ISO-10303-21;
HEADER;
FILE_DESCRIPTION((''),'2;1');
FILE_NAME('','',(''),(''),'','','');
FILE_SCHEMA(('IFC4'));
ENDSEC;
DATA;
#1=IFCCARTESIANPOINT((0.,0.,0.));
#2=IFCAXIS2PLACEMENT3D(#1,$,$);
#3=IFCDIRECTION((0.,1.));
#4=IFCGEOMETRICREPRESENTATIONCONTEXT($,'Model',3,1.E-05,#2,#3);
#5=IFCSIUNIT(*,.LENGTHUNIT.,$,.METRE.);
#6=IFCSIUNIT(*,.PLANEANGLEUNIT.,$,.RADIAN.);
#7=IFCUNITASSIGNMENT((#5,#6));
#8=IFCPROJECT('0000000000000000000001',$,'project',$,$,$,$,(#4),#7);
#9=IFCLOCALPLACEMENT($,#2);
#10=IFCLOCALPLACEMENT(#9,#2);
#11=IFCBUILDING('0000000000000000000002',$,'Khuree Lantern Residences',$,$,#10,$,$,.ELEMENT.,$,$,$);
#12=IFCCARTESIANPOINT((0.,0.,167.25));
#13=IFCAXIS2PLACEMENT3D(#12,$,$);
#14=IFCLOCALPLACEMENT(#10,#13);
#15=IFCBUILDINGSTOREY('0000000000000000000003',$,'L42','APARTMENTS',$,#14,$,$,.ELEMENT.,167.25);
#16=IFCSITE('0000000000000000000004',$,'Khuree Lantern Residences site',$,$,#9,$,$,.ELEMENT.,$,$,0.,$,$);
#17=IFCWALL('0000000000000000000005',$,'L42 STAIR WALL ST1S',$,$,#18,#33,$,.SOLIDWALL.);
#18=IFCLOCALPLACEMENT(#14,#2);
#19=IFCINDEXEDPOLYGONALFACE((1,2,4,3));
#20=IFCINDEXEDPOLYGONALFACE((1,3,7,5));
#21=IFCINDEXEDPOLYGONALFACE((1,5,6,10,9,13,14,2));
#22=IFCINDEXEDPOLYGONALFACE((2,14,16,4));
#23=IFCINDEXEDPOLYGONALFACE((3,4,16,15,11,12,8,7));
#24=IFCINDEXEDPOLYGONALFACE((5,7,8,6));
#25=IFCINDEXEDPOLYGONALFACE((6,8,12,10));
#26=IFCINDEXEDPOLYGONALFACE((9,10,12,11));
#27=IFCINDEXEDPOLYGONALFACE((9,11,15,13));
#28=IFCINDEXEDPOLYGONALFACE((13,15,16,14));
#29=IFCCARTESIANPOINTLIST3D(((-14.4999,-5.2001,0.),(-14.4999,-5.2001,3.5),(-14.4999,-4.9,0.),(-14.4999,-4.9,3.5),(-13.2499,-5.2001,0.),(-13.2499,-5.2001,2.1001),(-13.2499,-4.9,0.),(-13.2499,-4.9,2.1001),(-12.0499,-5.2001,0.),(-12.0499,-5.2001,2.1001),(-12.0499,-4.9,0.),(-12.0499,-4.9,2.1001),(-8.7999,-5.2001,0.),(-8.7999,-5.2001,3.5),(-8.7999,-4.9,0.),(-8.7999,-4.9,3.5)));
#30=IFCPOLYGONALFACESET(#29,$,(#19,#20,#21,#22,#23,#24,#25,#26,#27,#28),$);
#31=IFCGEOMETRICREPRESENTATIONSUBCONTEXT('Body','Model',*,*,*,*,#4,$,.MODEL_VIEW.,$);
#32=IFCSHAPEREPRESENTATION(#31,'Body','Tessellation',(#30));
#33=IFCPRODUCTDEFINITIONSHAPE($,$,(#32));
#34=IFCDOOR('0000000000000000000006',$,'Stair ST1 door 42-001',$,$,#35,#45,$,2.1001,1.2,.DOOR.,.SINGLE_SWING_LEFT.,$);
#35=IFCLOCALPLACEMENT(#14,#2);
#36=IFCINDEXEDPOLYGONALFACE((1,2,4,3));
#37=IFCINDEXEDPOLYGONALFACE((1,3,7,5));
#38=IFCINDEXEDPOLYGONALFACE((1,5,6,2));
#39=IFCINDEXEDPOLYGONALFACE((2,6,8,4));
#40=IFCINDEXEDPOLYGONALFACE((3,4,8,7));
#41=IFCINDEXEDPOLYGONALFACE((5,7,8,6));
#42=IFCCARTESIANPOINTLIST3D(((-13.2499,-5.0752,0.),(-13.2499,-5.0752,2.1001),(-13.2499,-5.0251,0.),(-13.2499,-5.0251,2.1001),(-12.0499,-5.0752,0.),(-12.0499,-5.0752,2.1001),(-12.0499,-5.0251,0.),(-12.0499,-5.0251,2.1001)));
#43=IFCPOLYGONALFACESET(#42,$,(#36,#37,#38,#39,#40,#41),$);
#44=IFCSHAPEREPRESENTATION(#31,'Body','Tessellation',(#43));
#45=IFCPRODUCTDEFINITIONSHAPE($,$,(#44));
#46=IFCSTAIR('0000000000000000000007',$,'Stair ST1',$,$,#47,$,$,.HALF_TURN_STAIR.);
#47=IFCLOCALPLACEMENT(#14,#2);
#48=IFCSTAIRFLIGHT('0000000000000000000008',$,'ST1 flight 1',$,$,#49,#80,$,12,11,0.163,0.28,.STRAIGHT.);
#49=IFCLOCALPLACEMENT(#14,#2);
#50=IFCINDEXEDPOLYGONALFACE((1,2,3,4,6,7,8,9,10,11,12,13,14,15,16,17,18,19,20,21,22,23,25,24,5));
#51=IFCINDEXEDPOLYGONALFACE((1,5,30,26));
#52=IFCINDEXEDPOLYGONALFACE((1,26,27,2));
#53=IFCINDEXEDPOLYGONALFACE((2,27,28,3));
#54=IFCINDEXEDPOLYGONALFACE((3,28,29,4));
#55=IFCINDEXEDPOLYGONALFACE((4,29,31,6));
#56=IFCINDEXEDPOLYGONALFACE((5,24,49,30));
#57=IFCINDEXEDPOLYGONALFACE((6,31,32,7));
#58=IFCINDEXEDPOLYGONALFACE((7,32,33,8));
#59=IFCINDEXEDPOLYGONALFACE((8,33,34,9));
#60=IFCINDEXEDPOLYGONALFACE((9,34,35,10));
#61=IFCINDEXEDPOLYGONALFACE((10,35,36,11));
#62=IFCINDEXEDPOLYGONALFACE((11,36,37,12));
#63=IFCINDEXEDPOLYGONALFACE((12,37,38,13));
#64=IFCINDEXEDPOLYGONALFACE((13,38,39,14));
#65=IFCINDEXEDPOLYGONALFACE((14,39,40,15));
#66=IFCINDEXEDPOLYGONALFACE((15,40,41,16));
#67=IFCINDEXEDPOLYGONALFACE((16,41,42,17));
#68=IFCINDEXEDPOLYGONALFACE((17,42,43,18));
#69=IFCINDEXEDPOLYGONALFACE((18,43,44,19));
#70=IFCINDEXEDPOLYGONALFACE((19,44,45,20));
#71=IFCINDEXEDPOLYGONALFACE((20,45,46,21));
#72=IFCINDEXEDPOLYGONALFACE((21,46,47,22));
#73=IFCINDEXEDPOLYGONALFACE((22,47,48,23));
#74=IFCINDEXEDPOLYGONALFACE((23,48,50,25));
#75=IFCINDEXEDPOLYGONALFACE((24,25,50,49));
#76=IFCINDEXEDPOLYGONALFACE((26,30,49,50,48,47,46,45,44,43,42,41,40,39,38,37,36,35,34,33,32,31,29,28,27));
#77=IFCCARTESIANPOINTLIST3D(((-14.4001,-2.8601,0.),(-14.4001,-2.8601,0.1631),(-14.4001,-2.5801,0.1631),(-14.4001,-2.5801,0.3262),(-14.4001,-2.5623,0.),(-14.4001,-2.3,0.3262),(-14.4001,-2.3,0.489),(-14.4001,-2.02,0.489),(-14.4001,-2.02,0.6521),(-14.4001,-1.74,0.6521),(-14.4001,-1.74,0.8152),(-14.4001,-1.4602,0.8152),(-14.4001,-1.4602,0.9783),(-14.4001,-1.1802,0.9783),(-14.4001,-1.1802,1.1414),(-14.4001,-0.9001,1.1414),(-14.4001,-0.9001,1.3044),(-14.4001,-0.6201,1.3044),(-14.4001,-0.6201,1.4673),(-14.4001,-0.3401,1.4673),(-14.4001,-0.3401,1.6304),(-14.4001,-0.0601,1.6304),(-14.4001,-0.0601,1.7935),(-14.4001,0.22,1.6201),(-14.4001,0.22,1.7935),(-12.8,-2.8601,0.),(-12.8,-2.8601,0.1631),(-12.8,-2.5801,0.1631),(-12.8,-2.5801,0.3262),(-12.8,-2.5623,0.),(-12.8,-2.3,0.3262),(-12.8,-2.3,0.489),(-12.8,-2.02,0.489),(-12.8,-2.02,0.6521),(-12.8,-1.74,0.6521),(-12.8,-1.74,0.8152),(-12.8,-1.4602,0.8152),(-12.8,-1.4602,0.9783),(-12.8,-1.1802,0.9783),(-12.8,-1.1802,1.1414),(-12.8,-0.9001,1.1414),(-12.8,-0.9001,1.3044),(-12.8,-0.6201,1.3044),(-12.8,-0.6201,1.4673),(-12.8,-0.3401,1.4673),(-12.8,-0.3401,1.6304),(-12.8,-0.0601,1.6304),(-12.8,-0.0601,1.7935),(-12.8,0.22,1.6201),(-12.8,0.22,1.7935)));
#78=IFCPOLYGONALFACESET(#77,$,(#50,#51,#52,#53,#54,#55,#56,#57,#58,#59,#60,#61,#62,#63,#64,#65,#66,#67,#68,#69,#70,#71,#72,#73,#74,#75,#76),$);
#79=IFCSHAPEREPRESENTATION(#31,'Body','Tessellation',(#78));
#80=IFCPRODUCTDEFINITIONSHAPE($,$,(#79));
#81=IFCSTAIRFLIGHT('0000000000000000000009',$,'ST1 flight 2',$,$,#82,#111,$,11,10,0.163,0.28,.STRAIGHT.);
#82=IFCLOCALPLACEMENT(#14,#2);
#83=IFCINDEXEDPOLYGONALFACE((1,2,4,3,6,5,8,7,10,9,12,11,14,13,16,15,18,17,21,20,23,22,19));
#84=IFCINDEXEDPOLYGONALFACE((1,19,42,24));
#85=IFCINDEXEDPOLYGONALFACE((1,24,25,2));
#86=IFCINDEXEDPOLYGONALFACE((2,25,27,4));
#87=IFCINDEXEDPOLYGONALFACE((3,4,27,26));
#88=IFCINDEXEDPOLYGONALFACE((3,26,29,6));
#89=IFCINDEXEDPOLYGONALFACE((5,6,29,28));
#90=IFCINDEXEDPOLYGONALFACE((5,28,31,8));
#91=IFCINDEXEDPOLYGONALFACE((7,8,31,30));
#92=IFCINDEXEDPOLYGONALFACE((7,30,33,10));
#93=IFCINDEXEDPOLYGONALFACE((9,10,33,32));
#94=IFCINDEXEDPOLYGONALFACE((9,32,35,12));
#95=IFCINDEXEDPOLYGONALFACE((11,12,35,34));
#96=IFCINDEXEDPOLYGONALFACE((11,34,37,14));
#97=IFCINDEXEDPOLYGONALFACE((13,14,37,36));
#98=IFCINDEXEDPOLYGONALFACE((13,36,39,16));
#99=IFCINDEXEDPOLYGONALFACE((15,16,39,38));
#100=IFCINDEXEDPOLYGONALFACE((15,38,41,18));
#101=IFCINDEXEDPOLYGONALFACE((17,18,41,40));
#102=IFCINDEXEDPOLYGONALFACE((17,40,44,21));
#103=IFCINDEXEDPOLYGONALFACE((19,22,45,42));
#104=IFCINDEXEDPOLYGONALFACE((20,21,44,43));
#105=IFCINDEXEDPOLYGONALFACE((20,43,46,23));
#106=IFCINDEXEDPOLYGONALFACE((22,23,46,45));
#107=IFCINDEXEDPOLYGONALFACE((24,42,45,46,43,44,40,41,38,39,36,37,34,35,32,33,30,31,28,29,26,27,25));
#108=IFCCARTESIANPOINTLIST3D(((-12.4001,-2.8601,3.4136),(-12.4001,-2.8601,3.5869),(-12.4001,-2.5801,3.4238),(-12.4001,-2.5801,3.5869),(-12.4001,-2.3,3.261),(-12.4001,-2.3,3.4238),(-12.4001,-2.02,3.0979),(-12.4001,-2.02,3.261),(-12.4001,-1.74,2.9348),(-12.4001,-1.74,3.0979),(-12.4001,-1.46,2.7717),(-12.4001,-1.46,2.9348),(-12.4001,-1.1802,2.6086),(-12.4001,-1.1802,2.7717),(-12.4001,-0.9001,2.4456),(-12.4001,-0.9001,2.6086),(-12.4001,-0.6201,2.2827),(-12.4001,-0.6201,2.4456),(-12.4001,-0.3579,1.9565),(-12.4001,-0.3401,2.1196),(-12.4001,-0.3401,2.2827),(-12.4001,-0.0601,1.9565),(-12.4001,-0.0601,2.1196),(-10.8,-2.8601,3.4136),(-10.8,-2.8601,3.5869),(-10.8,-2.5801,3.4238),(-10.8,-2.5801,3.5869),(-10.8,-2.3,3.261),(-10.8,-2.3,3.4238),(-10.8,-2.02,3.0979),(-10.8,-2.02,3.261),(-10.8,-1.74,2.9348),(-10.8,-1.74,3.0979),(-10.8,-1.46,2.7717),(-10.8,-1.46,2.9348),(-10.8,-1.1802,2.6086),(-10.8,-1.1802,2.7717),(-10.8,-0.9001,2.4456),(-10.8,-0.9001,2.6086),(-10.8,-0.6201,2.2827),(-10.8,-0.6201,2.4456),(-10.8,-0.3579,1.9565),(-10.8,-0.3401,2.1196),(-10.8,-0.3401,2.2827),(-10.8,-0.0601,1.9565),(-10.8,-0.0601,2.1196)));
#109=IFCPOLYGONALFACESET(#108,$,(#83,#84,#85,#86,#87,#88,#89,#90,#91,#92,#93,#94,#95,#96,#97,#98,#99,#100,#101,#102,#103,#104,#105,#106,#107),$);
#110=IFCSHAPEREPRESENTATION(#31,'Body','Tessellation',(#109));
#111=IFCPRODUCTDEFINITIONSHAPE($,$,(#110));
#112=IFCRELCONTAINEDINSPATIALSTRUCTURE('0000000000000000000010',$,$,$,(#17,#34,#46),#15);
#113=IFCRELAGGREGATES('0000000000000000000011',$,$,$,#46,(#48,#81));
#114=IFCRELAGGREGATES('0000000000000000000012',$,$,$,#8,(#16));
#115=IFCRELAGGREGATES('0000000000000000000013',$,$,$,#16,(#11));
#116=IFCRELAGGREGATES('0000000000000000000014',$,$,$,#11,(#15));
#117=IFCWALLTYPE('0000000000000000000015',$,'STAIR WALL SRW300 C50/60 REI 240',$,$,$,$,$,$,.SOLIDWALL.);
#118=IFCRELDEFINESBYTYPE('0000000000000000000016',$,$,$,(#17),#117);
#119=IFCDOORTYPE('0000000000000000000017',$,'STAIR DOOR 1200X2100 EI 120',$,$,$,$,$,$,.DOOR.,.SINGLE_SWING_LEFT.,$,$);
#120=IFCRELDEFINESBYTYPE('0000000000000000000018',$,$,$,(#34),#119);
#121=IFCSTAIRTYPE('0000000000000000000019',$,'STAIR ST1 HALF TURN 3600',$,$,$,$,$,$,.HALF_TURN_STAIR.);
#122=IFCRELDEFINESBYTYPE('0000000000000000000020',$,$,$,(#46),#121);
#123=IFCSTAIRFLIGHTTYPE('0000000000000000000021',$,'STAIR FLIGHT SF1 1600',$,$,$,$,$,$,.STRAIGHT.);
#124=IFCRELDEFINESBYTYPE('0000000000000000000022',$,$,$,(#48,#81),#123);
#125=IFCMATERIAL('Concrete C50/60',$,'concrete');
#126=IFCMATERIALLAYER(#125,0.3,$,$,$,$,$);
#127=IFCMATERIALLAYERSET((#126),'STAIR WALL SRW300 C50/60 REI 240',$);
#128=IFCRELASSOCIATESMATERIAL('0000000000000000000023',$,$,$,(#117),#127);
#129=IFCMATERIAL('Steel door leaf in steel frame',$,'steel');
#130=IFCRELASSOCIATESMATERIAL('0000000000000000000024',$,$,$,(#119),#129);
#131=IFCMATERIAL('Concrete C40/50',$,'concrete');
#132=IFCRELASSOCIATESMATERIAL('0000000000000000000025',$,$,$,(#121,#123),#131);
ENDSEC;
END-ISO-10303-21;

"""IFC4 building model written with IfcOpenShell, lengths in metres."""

from ifc_helpers import new_model, si_unit, direction, frame, frame_2d, origin, place, context, subcontext, project, spatial, polyline, rectangle, outline, extrude, material, layer, layer_set, type_object, element, fill, aggregate, save


model = new_model("IFC4")

# Units and contexts
model_context = context("Model", 3, precision=1e-05, world=origin(), true_north=direction((0.0, 1.0)))
body_context = subcontext(model_context, "Body", "Model", "MODEL_VIEW")
ifc_project = project(units=[si_unit("LENGTHUNIT", "METRE"), si_unit("PLANEANGLEUNIT", "RADIAN")], contexts=[model_context])

# Site, building, storey
site_placement = place(None, origin())
site = spatial("IfcSite", under=ifc_project, at=site_placement, Name="Khuree Lantern Residences site", CompositionType="ELEMENT", RefElevation=0.0)
building_placement = place(site_placement, origin())
building = spatial("IfcBuilding", under=site, at=building_placement, Name="Khuree Lantern Residences", CompositionType="ELEMENT")
storey_placement = place(building_placement, frame((0.0, 0.0, 167.25)))
storey = spatial("IfcBuildingStorey", under=building, at=storey_placement, Name="L42", Description="APARTMENTS", CompositionType="ELEMENT", Elevation=167.25)

# Shared definitions
ifc_material_1 = material(Name="Steel door leaf in steel frame", Category="steel")

# Shared definitions
ifc_material_2 = material(Name="Concrete C50/60", Category="concrete")
ifc_layer_1 = layer(ifc_material_2, 0.3)
ifc_layer_set_1 = layer_set([ifc_layer_1], Name="STAIR WALL SRW300 C50/60 REI 240")
wall_type_1 = type_object("IfcWallType", Name="STAIR WALL SRW300 C50/60 REI 240", PredefinedType="SOLIDWALL", material=ifc_layer_set_1)

# Wall, opening, door
wall_1_placement = place(storey_placement, frame((-14.5, -5.05, 0.0), z_axis=(0.0, 0.0, 1.0), x_axis=(1.0, 0.0, 0.0)))
wall_1 = element("IfcWall", 1, at=wall_1_placement, inside=storey, type_object=wall_type_1, Name="L42 STAIR WALL ST1S", PredefinedType="SOLIDWALL", context=body_context, shape_type="SweptSolid", body=[
    extrude(rectangle(XDim=5.7, YDim=0.3, at=frame_2d((2.8501, 0.0))), origin(), (0.0, 0.0, 1.0), 3.5),
])
opening_1_placement = place(wall_1_placement, frame((1.25, 0.0, 0.0)))
opening_1 = element("IfcOpeningElement", 2, at=opening_1_placement, cuts=wall_1, PredefinedType="OPENING", context=body_context, shape_type="SweptSolid", body=[
    extrude(rectangle(XDim=1.2, YDim=2.1001, at=frame_2d((0.6001, 1.05))), frame((0.0, 0.1602, 0.0), z_axis=(0.0, -1.0, 0.0), x_axis=(1.0, 0.0, 0.0)), (0.0, 0.0, 1.0), 0.3201),
])
door_type_1 = type_object("IfcDoorType", Name="STAIR DOOR 1200X2100 EI 120", OperationType="SINGLE_SWING_LEFT", PredefinedType="DOOR", material=ifc_material_1)
door_1_placement = place(opening_1_placement, origin())
door_1 = element("IfcDoor", 3, at=door_1_placement, inside=storey, type_object=door_type_1, Name="Stair ST1 door 42-001", OperationType="SINGLE_SWING_LEFT", OverallHeight=2.1001, OverallWidth=1.2, PredefinedType="DOOR", context=body_context, shape_type="SweptSolid", body=[
    extrude(rectangle(XDim=1.2, YDim=2.1001, at=frame_2d((0.6001, 1.05))), frame((0.0, 0.0249, 0.0), z_axis=(0.0, -1.0, 0.0), x_axis=(1.0, 0.0, 0.0)), (0.0, 0.0, 1.0), 0.05),
])
fill(opening_1, door_1)

# Stair, stair flights
ifc_material_3 = material(Name="Concrete C40/50", Category="concrete")
stair_type = type_object("IfcStairType", Name="STAIR ST1 HALF TURN 3600", PredefinedType="HALF_TURN_STAIR", material=ifc_material_3)
stair_placement = place(storey_placement, origin())
stair = element("IfcStair", 4, at=stair_placement, inside=storey, type_object=stair_type, Name="Stair ST1", PredefinedType="HALF_TURN_STAIR")
stair_flight_type = type_object("IfcStairFlightType", Name="STAIR FLIGHT SF1 1600", PredefinedType="STRAIGHT", material=ifc_material_3)
stair_flight_1_placement = place(storey_placement, frame((-13.6001, -2.8601, 0.0), z_axis=(0.0, 0.0, 1.0), x_axis=(0.0, 1.0, 0.0)))
stair_flight_1 = element("IfcStairFlight", 5, at=stair_flight_1_placement, type_object=stair_flight_type, Name="ST1 flight 1", NumberOfRisers=12, NumberOfTreads=11, PredefinedType="STRAIGHT", RiserHeight=0.163, TreadLength=0.28, context=body_context, shape_type="SweptSolid", body=[
    extrude(outline(polyline([(0.0, 0.0), (0.0, 0.1631), (0.28, 0.1631), (0.28, 0.3262), (0.5601, 0.3262), (0.5601, 0.489), (0.8401, 0.489), (0.8401, 0.6521), (1.1201, 0.6521), (1.1201, 0.8152), (1.3999, 0.8152), (1.3999, 0.9783), (1.6799, 0.9783), (1.6799, 1.1414), (1.96, 1.1414), (1.96, 1.3044), (2.24, 1.3044), (2.24, 1.4673), (2.52, 1.4673), (2.52, 1.6304), (2.8, 1.6304), (2.8, 1.7935), (3.0801, 1.7935), (3.0801, 1.9565), (3.0801, 1.6201), (0.2979, 0.0), (0.0, 0.0)])), frame((0.0, 0.8, 0.0), z_axis=(0.0, -1.0, 0.0), x_axis=(1.0, 0.0, 0.0)), (0.0, 0.0, 1.0), 1.6001),
])
stair_flight_2_placement = place(storey_placement, frame((-11.6001, -0.0601, 1.9565), z_axis=(0.0, 0.0, 1.0), x_axis=(0.0, -1.0, 0.0)))
stair_flight_2 = element("IfcStairFlight", 6, at=stair_flight_2_placement, type_object=stair_flight_type, Name="ST1 flight 2", NumberOfRisers=11, NumberOfTreads=10, PredefinedType="STRAIGHT", RiserHeight=0.163, TreadLength=0.28, context=body_context, shape_type="SweptSolid", body=[
    extrude(outline(polyline([(0.0, 0.0), (0.0, 0.1631), (0.28, 0.1631), (0.28, 0.3262), (0.5601, 0.3262), (0.5601, 0.489), (0.8401, 0.489), (0.8401, 0.6521), (1.1201, 0.6521), (1.1201, 0.8152), (1.3999, 0.8152), (1.3999, 0.9783), (1.6799, 0.9783), (1.6799, 1.1414), (1.96, 1.1414), (1.96, 1.3044), (2.24, 1.3044), (2.24, 1.4673), (2.52, 1.4673), (2.52, 1.6304), (2.8, 1.6304), (2.8, 1.7935), (2.8, 1.457), (0.2979, 0.0), (0.0, 0.0)])), frame((0.0, 0.8, 0.0), z_axis=(0.0, -1.0, 0.0), x_axis=(1.0, 0.0, 0.0)), (0.0, 0.0, 1.0), 1.6001),
])
aggregate(stair, [stair_flight_1, stair_flight_2])

save(model, "model.ifc")
